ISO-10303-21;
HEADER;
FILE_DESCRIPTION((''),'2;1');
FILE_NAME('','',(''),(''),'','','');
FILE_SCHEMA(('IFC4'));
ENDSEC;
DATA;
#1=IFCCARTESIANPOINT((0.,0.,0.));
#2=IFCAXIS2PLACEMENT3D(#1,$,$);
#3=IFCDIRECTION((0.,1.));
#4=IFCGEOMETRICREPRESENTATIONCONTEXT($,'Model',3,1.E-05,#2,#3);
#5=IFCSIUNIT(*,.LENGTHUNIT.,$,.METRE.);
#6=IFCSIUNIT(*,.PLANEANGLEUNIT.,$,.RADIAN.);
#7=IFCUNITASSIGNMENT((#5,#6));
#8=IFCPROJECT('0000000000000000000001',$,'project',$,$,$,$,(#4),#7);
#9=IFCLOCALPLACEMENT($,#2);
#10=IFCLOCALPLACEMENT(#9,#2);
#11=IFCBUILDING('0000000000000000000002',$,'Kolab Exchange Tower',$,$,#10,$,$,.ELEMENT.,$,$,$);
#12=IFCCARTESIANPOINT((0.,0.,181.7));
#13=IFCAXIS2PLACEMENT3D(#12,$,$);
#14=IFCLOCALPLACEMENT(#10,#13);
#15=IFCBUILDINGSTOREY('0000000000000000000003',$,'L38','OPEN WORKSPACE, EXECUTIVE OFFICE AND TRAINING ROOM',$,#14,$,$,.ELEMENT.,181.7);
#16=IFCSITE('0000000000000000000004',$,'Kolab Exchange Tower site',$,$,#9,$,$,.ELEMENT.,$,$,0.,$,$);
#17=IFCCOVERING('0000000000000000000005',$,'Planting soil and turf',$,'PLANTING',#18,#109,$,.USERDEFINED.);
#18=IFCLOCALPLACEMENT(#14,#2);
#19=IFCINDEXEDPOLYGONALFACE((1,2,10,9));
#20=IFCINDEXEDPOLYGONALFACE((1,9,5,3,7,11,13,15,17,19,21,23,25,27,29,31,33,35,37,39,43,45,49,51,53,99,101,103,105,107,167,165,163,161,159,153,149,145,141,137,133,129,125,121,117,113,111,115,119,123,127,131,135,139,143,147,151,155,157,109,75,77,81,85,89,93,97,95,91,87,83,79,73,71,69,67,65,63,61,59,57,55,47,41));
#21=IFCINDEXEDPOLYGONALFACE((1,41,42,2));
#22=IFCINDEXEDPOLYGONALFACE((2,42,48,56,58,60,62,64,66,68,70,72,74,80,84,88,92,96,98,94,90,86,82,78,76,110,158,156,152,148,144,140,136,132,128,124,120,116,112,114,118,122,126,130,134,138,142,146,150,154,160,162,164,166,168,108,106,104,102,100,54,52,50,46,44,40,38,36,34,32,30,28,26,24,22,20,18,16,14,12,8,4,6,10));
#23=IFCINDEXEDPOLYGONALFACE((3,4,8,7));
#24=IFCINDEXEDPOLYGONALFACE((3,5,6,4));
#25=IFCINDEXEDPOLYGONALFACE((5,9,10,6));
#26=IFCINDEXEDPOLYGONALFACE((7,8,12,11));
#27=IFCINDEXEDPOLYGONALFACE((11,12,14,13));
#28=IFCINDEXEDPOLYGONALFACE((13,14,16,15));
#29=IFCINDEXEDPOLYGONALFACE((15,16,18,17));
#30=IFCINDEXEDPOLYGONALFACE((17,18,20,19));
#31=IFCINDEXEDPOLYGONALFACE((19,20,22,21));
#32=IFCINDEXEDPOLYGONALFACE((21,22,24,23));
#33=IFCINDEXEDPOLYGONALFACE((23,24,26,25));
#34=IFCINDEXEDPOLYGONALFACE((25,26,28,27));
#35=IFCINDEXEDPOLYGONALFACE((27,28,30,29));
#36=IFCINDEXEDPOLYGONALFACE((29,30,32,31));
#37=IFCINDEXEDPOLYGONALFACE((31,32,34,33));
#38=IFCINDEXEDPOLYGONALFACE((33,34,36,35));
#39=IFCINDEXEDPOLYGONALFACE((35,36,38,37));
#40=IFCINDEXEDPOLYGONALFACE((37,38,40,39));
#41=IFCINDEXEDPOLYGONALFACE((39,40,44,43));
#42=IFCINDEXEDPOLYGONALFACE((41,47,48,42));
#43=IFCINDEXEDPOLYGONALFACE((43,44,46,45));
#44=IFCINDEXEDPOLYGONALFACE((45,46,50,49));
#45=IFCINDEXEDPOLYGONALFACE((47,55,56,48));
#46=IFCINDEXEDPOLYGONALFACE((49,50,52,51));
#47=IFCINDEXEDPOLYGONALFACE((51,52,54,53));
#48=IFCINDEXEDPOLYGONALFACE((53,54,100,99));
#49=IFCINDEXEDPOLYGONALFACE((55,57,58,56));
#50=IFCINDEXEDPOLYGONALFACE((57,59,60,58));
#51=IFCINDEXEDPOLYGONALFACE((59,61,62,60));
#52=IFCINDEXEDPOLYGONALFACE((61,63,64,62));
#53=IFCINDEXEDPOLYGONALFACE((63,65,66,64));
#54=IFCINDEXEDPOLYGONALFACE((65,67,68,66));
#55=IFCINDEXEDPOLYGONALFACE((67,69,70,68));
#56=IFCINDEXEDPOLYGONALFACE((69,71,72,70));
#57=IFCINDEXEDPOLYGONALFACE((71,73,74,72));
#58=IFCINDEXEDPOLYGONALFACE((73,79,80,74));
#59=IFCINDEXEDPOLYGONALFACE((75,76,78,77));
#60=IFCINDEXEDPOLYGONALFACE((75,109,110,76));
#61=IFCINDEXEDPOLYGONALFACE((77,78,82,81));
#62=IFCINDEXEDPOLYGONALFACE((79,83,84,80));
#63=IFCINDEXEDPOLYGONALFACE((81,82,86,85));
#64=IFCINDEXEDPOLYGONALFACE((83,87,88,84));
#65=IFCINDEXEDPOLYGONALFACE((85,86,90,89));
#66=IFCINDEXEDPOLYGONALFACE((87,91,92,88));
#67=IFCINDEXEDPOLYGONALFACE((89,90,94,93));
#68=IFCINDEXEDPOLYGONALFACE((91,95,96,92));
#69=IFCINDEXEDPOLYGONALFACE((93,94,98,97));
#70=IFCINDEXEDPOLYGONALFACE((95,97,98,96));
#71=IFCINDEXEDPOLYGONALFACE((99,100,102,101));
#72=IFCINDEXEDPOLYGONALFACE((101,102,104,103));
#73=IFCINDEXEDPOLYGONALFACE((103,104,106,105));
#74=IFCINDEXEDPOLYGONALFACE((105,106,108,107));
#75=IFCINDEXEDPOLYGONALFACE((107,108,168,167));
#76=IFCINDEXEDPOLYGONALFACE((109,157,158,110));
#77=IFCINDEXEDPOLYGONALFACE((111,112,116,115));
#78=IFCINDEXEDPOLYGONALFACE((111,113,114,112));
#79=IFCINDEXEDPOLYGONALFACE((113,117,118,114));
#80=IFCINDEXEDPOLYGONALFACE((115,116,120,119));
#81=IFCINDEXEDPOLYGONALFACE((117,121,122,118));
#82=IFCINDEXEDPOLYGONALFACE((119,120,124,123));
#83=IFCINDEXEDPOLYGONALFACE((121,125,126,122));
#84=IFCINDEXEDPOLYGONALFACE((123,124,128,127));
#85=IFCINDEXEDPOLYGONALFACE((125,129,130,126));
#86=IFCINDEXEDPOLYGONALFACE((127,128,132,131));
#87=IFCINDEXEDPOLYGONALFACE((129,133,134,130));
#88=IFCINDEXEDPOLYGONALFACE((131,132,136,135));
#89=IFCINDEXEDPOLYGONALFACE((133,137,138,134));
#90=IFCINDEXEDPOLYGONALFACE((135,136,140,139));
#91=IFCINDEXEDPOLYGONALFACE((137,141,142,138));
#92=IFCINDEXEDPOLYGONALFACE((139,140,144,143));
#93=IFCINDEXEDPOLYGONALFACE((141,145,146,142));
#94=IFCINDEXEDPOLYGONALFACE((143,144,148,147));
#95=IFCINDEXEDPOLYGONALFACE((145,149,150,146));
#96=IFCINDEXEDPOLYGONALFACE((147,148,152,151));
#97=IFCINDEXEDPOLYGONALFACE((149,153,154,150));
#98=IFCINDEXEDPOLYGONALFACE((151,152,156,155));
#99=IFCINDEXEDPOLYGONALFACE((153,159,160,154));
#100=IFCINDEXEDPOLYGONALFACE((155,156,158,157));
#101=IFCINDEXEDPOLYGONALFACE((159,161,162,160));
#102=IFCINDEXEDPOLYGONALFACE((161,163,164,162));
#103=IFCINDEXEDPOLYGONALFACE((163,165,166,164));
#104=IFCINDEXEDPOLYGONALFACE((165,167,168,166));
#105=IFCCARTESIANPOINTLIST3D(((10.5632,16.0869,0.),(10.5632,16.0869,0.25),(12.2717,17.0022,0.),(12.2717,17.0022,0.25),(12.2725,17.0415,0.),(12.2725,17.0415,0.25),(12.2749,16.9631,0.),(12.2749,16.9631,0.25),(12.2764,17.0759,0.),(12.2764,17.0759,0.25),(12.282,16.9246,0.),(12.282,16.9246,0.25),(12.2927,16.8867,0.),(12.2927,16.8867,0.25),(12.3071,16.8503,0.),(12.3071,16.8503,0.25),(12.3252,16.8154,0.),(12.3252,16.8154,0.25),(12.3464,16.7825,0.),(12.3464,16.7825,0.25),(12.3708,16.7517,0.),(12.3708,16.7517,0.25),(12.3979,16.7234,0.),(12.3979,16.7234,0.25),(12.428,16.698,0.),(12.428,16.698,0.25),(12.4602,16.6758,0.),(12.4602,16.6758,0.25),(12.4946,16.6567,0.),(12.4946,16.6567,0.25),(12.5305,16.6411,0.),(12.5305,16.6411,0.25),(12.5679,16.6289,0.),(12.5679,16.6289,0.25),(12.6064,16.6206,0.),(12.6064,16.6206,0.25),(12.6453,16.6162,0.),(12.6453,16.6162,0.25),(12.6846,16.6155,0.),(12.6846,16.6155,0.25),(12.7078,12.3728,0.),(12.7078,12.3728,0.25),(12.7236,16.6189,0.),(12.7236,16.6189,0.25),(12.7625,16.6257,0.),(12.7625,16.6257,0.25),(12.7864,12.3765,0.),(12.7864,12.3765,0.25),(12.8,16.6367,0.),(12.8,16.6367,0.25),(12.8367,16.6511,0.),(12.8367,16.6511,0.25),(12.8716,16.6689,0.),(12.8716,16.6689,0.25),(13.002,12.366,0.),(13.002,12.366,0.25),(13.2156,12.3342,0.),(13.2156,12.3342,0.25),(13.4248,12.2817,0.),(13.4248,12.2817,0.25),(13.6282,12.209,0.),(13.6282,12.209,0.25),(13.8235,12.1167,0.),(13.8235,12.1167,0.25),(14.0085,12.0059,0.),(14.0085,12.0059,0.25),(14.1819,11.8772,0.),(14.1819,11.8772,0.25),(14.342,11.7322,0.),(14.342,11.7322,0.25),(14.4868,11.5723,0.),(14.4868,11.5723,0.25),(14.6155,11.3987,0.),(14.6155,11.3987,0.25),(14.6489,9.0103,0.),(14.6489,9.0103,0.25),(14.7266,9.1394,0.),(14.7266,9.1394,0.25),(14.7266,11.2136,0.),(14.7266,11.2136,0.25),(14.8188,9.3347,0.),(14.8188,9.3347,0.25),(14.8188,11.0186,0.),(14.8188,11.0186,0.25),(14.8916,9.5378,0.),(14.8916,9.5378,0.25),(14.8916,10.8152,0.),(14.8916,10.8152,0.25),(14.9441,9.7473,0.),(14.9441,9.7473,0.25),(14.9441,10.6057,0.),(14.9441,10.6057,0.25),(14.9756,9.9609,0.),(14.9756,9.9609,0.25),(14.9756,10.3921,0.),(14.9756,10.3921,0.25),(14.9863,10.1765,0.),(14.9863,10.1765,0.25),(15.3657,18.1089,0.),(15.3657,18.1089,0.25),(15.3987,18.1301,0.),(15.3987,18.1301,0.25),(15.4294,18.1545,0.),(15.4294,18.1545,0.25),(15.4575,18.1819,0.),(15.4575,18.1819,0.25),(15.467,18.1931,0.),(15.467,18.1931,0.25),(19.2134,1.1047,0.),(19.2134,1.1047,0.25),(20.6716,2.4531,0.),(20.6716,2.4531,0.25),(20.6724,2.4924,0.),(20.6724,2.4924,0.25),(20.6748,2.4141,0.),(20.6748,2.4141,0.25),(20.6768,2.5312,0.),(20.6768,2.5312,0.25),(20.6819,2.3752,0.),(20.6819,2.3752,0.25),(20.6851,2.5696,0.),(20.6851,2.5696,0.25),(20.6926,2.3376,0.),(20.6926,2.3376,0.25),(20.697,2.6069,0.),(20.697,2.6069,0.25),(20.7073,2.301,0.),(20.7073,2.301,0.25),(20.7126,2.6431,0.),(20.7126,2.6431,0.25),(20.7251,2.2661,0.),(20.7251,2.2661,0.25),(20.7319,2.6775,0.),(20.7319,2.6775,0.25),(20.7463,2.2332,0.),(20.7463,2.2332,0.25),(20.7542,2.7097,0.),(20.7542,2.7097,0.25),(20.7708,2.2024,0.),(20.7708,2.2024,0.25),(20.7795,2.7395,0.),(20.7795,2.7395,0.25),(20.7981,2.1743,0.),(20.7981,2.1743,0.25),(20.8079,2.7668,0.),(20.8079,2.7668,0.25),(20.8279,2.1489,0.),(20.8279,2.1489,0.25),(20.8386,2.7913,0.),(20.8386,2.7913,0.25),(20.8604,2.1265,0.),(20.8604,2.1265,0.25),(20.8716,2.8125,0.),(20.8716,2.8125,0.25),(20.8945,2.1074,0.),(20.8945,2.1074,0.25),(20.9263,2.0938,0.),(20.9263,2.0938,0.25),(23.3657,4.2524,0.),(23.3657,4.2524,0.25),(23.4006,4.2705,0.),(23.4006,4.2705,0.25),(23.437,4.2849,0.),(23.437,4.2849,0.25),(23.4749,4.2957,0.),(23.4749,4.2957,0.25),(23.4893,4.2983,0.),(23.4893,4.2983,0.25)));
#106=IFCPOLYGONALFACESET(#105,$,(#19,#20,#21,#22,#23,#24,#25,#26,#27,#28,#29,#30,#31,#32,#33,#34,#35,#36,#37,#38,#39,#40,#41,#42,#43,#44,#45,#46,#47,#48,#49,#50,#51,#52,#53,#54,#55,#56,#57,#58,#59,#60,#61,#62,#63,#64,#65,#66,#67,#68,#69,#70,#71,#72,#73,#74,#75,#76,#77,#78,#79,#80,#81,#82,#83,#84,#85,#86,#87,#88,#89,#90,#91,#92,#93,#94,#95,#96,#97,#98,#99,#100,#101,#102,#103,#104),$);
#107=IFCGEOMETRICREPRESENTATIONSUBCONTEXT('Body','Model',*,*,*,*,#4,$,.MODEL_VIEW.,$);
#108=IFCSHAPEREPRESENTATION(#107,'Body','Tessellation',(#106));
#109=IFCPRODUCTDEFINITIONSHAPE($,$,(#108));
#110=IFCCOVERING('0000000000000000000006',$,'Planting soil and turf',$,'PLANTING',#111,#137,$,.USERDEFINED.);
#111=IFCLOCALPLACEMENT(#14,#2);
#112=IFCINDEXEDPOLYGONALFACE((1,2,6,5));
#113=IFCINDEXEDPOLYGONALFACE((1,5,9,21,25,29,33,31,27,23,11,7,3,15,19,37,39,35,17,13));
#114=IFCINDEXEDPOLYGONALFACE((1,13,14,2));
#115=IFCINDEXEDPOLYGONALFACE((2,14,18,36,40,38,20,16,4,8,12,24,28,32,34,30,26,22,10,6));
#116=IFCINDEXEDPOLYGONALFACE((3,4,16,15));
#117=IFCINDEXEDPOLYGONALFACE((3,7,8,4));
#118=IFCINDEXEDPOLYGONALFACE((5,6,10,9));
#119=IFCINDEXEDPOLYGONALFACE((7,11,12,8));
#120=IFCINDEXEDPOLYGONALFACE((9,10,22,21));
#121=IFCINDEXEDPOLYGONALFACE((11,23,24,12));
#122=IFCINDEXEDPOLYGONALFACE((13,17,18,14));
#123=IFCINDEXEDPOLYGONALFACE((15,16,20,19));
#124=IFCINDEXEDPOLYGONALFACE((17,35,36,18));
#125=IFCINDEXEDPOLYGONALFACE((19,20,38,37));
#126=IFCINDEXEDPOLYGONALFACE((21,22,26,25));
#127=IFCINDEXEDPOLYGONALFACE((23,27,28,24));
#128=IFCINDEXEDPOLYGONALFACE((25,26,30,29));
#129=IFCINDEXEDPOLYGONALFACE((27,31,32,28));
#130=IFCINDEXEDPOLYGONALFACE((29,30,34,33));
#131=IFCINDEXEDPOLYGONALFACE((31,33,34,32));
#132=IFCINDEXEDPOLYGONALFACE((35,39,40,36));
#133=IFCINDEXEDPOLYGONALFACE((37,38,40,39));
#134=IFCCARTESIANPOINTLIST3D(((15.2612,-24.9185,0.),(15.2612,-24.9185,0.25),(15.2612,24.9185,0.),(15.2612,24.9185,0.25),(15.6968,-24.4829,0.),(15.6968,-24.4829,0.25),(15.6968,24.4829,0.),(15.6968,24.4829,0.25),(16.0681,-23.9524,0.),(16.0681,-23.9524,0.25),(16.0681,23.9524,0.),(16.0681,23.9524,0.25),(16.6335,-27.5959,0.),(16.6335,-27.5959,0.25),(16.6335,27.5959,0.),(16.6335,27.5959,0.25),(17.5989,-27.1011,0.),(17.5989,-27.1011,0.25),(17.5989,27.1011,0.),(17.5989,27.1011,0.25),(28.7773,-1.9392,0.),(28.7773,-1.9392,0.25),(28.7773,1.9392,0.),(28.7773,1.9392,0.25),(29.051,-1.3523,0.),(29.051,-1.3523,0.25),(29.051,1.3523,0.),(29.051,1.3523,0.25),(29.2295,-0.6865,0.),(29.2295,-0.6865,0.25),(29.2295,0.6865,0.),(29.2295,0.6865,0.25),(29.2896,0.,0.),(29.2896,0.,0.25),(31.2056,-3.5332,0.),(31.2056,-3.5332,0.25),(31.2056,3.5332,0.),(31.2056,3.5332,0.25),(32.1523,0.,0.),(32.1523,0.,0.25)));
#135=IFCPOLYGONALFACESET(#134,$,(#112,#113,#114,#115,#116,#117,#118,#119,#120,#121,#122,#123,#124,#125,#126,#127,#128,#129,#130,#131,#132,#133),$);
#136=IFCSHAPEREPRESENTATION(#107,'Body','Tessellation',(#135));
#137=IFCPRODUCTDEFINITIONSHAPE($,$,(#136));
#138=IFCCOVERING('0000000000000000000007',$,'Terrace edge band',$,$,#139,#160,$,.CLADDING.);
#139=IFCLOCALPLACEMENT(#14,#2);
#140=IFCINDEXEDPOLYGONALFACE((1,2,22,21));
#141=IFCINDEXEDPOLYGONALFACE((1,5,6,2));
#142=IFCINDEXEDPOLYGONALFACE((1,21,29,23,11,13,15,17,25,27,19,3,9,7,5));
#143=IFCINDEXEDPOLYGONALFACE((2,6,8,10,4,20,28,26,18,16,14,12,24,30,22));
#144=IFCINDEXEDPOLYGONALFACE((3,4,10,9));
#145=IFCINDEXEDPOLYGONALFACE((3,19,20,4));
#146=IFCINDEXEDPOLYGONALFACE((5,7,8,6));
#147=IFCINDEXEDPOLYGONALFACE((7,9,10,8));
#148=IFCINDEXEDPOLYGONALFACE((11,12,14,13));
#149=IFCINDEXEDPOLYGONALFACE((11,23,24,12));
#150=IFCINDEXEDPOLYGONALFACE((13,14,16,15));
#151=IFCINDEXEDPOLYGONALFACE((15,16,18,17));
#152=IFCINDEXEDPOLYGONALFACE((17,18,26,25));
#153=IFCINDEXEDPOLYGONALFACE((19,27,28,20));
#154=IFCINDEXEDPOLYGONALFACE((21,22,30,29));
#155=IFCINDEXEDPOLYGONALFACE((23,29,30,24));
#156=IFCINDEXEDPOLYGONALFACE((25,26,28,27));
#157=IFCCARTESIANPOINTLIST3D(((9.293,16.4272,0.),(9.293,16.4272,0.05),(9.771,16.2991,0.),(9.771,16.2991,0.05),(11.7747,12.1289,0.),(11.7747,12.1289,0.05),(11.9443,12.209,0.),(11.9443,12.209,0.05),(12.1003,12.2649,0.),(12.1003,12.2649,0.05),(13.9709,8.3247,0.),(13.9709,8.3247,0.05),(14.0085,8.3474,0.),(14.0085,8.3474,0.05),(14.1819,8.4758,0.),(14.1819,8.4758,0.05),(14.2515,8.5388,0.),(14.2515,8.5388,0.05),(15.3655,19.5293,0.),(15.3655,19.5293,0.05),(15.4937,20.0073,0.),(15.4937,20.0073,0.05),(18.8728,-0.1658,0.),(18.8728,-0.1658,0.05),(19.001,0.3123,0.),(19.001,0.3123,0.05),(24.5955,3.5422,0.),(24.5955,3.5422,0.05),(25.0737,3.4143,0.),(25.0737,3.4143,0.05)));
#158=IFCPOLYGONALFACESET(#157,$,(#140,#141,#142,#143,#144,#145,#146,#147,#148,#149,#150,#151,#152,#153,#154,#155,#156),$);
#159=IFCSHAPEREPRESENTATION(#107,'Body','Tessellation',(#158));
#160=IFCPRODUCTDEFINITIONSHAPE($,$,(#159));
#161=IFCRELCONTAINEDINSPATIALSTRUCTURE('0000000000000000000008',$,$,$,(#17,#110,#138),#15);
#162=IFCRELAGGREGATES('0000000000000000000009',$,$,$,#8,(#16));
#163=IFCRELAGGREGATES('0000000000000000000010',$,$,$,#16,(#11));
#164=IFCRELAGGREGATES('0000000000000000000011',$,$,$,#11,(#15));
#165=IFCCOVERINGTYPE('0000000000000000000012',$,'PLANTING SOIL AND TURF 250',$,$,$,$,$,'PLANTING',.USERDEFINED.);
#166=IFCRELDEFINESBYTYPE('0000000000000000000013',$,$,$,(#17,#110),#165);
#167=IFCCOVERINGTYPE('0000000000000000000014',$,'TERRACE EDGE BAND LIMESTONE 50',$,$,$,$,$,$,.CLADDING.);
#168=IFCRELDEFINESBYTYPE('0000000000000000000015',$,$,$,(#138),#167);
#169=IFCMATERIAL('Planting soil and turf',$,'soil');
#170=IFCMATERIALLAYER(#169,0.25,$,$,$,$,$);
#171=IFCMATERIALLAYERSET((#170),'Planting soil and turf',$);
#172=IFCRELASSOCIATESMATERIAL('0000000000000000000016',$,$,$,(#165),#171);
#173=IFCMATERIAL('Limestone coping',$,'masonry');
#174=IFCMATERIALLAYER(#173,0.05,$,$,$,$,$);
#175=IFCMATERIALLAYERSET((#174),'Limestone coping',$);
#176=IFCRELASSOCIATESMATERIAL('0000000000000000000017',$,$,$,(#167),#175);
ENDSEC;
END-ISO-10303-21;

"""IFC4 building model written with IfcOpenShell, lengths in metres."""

from ifc_helpers import new_model, si_unit, direction, frame, origin, place, context, subcontext, project, spatial, polyline, outline, extrude, material, layer, layer_set, type_object, element, save


model = new_model("IFC4")

# Units and contexts
model_context = context("Model", 3, precision=1e-05, world=origin(), true_north=direction((0.0, 1.0)))
body_context = subcontext(model_context, "Body", "Model", "MODEL_VIEW")
ifc_project = project(units=[si_unit("LENGTHUNIT", "METRE"), si_unit("PLANEANGLEUNIT", "RADIAN")], contexts=[model_context])

# Site, building, storey
site_placement = place(None, origin())
site = spatial("IfcSite", under=ifc_project, at=site_placement, Name="Kolab Exchange Tower site", CompositionType="ELEMENT", RefElevation=0.0)
building_placement = place(site_placement, origin())
building = spatial("IfcBuilding", under=site, at=building_placement, Name="Kolab Exchange Tower", CompositionType="ELEMENT")
storey_placement = place(building_placement, frame((0.0, 0.0, 181.7)))
storey = spatial("IfcBuildingStorey", under=building, at=storey_placement, Name="L38", Description="OPEN WORKSPACE, EXECUTIVE OFFICE AND TRAINING ROOM", CompositionType="ELEMENT", Elevation=181.7)

# Coverings
ifc_material_1 = material(Name="Planting soil and turf", Category="soil")
ifc_layer_1 = layer(ifc_material_1, 0.25)
ifc_layer_set_1 = layer_set([ifc_layer_1], Name="Planting soil and turf")
covering_type_1 = type_object("IfcCoveringType", Name="PLANTING SOIL AND TURF 250", ElementType="PLANTING", PredefinedType="USERDEFINED", material=ifc_layer_set_1)
covering_1_placement = place(storey_placement, origin())
element("IfcCovering", 1, at=covering_1_placement, inside=storey, type_object=covering_type_1, Name="Planting soil and turf", ObjectType="PLANTING", PredefinedType="USERDEFINED", context=body_context, shape_type="SweptSolid", body=[
    extrude(outline(polyline([(12.2764, 17.0759), (12.2725, 17.0415), (12.2717, 17.0022), (12.2749, 16.9631), (12.282, 16.9246), (12.2927, 16.8867), (12.3071, 16.8503), (12.3252, 16.8154), (12.3464, 16.7825), (12.3708, 16.7517), (12.3979, 16.7234), (12.428, 16.698), (12.4602, 16.6758), (12.4946, 16.6567), (12.5305, 16.6411), (12.5679, 16.6289), (12.6064, 16.6206), (12.6453, 16.6162), (12.6846, 16.6155), (12.7236, 16.6189), (12.7625, 16.6257), (12.8, 16.6367), (12.8367, 16.6511), (12.8716, 16.6689), (15.3657, 18.1089), (15.3987, 18.1301), (15.4294, 18.1545), (15.4575, 18.1819), (15.467, 18.1931), (23.4893, 4.2983), (23.4749, 4.2957), (23.437, 4.2849), (23.4006, 4.2705), (23.3657, 4.2524), (20.8716, 2.8125), (20.8386, 2.7913), (20.8079, 2.7668), (20.7795, 2.7395), (20.7542, 2.7097), (20.7319, 2.6775), (20.7126, 2.6431), (20.697, 2.6069), (20.6851, 2.5696), (20.6768, 2.5312), (20.6724, 2.4924), (20.6716, 2.4531), (20.6748, 2.4141), (20.6819, 2.3752), (20.6926, 2.3376), (20.7073, 2.301), (20.7251, 2.2661), (20.7463, 2.2332), (20.7708, 2.2024), (20.7981, 2.1743), (20.8279, 2.1489), (20.8604, 2.1265), (20.8945, 2.1074), (20.9263, 2.0938), (19.2134, 1.1047), (14.6489, 9.0103), (14.7266, 9.1394), (14.8188, 9.3347), (14.8916, 9.5378), (14.9441, 9.7473), (14.9756, 9.9609), (14.9863, 10.1765), (14.9756, 10.3921), (14.9441, 10.6057), (14.8916, 10.8152), (14.8188, 11.0186), (14.7266, 11.2136), (14.6155, 11.3987), (14.4868, 11.5723), (14.342, 11.7322), (14.1819, 11.8772), (14.0085, 12.0059), (13.8235, 12.1167), (13.6282, 12.209), (13.4248, 12.2817), (13.2156, 12.3342), (13.002, 12.366), (12.7864, 12.3765), (12.7078, 12.3728), (10.5632, 16.0869), (12.2764, 17.0759)])), origin(), (0.0, 0.0, 1.0), 0.25),
])
covering_2_placement = place(storey_placement, origin())
element("IfcCovering", 2, at=covering_2_placement, inside=storey, type_object=covering_type_1, Name="Planting soil and turf", ObjectType="PLANTING", PredefinedType="USERDEFINED", context=body_context, shape_type="SweptSolid", body=[
    extrude(outline(polyline([(16.6335, 27.5959), (17.5989, 27.1011), (31.2056, 3.5332), (32.1523, 0.0), (31.2056, -3.5332), (17.5989, -27.1011), (16.6335, -27.5959), (15.2612, -24.9185), (15.6968, -24.4829), (16.0681, -23.9524), (28.7773, -1.9392), (29.051, -1.3523), (29.2295, -0.6865), (29.2896, 0.0), (29.2295, 0.6865), (29.051, 1.3523), (28.7773, 1.9392), (16.0681, 23.9524), (15.6968, 24.4829), (15.2612, 24.9185), (16.6335, 27.5959)])), origin(), (0.0, 0.0, 1.0), 0.25),
])
ifc_material_2 = material(Name="Limestone coping", Category="masonry")
ifc_layer_2 = layer(ifc_material_2, 0.05)
ifc_layer_set_2 = layer_set([ifc_layer_2], Name="Limestone coping")
covering_type_2 = type_object("IfcCoveringType", Name="TERRACE EDGE BAND LIMESTONE 50", PredefinedType="CLADDING", material=ifc_layer_set_2)
covering_3_placement = place(storey_placement, origin())
element("IfcCovering", 3, at=covering_3_placement, inside=storey, type_object=covering_type_2, Name="Terrace edge band", PredefinedType="CLADDING", context=body_context, shape_type="SweptSolid", body=[
    extrude(outline(polyline([(25.0737, 3.4143), (18.8728, -0.1658), (13.9709, 8.3247), (14.0085, 8.3474), (14.1819, 8.4758), (14.2515, 8.5388), (19.001, 0.3123), (24.5955, 3.5422), (15.3655, 19.5293), (9.771, 16.2991), (12.1003, 12.2649), (11.9443, 12.209), (11.7747, 12.1289), (9.293, 16.4272), (15.4937, 20.0073), (25.0737, 3.4143)])), origin(), (0.0, 0.0, 1.0), 0.05),
])

save(model, "model.ifc")
